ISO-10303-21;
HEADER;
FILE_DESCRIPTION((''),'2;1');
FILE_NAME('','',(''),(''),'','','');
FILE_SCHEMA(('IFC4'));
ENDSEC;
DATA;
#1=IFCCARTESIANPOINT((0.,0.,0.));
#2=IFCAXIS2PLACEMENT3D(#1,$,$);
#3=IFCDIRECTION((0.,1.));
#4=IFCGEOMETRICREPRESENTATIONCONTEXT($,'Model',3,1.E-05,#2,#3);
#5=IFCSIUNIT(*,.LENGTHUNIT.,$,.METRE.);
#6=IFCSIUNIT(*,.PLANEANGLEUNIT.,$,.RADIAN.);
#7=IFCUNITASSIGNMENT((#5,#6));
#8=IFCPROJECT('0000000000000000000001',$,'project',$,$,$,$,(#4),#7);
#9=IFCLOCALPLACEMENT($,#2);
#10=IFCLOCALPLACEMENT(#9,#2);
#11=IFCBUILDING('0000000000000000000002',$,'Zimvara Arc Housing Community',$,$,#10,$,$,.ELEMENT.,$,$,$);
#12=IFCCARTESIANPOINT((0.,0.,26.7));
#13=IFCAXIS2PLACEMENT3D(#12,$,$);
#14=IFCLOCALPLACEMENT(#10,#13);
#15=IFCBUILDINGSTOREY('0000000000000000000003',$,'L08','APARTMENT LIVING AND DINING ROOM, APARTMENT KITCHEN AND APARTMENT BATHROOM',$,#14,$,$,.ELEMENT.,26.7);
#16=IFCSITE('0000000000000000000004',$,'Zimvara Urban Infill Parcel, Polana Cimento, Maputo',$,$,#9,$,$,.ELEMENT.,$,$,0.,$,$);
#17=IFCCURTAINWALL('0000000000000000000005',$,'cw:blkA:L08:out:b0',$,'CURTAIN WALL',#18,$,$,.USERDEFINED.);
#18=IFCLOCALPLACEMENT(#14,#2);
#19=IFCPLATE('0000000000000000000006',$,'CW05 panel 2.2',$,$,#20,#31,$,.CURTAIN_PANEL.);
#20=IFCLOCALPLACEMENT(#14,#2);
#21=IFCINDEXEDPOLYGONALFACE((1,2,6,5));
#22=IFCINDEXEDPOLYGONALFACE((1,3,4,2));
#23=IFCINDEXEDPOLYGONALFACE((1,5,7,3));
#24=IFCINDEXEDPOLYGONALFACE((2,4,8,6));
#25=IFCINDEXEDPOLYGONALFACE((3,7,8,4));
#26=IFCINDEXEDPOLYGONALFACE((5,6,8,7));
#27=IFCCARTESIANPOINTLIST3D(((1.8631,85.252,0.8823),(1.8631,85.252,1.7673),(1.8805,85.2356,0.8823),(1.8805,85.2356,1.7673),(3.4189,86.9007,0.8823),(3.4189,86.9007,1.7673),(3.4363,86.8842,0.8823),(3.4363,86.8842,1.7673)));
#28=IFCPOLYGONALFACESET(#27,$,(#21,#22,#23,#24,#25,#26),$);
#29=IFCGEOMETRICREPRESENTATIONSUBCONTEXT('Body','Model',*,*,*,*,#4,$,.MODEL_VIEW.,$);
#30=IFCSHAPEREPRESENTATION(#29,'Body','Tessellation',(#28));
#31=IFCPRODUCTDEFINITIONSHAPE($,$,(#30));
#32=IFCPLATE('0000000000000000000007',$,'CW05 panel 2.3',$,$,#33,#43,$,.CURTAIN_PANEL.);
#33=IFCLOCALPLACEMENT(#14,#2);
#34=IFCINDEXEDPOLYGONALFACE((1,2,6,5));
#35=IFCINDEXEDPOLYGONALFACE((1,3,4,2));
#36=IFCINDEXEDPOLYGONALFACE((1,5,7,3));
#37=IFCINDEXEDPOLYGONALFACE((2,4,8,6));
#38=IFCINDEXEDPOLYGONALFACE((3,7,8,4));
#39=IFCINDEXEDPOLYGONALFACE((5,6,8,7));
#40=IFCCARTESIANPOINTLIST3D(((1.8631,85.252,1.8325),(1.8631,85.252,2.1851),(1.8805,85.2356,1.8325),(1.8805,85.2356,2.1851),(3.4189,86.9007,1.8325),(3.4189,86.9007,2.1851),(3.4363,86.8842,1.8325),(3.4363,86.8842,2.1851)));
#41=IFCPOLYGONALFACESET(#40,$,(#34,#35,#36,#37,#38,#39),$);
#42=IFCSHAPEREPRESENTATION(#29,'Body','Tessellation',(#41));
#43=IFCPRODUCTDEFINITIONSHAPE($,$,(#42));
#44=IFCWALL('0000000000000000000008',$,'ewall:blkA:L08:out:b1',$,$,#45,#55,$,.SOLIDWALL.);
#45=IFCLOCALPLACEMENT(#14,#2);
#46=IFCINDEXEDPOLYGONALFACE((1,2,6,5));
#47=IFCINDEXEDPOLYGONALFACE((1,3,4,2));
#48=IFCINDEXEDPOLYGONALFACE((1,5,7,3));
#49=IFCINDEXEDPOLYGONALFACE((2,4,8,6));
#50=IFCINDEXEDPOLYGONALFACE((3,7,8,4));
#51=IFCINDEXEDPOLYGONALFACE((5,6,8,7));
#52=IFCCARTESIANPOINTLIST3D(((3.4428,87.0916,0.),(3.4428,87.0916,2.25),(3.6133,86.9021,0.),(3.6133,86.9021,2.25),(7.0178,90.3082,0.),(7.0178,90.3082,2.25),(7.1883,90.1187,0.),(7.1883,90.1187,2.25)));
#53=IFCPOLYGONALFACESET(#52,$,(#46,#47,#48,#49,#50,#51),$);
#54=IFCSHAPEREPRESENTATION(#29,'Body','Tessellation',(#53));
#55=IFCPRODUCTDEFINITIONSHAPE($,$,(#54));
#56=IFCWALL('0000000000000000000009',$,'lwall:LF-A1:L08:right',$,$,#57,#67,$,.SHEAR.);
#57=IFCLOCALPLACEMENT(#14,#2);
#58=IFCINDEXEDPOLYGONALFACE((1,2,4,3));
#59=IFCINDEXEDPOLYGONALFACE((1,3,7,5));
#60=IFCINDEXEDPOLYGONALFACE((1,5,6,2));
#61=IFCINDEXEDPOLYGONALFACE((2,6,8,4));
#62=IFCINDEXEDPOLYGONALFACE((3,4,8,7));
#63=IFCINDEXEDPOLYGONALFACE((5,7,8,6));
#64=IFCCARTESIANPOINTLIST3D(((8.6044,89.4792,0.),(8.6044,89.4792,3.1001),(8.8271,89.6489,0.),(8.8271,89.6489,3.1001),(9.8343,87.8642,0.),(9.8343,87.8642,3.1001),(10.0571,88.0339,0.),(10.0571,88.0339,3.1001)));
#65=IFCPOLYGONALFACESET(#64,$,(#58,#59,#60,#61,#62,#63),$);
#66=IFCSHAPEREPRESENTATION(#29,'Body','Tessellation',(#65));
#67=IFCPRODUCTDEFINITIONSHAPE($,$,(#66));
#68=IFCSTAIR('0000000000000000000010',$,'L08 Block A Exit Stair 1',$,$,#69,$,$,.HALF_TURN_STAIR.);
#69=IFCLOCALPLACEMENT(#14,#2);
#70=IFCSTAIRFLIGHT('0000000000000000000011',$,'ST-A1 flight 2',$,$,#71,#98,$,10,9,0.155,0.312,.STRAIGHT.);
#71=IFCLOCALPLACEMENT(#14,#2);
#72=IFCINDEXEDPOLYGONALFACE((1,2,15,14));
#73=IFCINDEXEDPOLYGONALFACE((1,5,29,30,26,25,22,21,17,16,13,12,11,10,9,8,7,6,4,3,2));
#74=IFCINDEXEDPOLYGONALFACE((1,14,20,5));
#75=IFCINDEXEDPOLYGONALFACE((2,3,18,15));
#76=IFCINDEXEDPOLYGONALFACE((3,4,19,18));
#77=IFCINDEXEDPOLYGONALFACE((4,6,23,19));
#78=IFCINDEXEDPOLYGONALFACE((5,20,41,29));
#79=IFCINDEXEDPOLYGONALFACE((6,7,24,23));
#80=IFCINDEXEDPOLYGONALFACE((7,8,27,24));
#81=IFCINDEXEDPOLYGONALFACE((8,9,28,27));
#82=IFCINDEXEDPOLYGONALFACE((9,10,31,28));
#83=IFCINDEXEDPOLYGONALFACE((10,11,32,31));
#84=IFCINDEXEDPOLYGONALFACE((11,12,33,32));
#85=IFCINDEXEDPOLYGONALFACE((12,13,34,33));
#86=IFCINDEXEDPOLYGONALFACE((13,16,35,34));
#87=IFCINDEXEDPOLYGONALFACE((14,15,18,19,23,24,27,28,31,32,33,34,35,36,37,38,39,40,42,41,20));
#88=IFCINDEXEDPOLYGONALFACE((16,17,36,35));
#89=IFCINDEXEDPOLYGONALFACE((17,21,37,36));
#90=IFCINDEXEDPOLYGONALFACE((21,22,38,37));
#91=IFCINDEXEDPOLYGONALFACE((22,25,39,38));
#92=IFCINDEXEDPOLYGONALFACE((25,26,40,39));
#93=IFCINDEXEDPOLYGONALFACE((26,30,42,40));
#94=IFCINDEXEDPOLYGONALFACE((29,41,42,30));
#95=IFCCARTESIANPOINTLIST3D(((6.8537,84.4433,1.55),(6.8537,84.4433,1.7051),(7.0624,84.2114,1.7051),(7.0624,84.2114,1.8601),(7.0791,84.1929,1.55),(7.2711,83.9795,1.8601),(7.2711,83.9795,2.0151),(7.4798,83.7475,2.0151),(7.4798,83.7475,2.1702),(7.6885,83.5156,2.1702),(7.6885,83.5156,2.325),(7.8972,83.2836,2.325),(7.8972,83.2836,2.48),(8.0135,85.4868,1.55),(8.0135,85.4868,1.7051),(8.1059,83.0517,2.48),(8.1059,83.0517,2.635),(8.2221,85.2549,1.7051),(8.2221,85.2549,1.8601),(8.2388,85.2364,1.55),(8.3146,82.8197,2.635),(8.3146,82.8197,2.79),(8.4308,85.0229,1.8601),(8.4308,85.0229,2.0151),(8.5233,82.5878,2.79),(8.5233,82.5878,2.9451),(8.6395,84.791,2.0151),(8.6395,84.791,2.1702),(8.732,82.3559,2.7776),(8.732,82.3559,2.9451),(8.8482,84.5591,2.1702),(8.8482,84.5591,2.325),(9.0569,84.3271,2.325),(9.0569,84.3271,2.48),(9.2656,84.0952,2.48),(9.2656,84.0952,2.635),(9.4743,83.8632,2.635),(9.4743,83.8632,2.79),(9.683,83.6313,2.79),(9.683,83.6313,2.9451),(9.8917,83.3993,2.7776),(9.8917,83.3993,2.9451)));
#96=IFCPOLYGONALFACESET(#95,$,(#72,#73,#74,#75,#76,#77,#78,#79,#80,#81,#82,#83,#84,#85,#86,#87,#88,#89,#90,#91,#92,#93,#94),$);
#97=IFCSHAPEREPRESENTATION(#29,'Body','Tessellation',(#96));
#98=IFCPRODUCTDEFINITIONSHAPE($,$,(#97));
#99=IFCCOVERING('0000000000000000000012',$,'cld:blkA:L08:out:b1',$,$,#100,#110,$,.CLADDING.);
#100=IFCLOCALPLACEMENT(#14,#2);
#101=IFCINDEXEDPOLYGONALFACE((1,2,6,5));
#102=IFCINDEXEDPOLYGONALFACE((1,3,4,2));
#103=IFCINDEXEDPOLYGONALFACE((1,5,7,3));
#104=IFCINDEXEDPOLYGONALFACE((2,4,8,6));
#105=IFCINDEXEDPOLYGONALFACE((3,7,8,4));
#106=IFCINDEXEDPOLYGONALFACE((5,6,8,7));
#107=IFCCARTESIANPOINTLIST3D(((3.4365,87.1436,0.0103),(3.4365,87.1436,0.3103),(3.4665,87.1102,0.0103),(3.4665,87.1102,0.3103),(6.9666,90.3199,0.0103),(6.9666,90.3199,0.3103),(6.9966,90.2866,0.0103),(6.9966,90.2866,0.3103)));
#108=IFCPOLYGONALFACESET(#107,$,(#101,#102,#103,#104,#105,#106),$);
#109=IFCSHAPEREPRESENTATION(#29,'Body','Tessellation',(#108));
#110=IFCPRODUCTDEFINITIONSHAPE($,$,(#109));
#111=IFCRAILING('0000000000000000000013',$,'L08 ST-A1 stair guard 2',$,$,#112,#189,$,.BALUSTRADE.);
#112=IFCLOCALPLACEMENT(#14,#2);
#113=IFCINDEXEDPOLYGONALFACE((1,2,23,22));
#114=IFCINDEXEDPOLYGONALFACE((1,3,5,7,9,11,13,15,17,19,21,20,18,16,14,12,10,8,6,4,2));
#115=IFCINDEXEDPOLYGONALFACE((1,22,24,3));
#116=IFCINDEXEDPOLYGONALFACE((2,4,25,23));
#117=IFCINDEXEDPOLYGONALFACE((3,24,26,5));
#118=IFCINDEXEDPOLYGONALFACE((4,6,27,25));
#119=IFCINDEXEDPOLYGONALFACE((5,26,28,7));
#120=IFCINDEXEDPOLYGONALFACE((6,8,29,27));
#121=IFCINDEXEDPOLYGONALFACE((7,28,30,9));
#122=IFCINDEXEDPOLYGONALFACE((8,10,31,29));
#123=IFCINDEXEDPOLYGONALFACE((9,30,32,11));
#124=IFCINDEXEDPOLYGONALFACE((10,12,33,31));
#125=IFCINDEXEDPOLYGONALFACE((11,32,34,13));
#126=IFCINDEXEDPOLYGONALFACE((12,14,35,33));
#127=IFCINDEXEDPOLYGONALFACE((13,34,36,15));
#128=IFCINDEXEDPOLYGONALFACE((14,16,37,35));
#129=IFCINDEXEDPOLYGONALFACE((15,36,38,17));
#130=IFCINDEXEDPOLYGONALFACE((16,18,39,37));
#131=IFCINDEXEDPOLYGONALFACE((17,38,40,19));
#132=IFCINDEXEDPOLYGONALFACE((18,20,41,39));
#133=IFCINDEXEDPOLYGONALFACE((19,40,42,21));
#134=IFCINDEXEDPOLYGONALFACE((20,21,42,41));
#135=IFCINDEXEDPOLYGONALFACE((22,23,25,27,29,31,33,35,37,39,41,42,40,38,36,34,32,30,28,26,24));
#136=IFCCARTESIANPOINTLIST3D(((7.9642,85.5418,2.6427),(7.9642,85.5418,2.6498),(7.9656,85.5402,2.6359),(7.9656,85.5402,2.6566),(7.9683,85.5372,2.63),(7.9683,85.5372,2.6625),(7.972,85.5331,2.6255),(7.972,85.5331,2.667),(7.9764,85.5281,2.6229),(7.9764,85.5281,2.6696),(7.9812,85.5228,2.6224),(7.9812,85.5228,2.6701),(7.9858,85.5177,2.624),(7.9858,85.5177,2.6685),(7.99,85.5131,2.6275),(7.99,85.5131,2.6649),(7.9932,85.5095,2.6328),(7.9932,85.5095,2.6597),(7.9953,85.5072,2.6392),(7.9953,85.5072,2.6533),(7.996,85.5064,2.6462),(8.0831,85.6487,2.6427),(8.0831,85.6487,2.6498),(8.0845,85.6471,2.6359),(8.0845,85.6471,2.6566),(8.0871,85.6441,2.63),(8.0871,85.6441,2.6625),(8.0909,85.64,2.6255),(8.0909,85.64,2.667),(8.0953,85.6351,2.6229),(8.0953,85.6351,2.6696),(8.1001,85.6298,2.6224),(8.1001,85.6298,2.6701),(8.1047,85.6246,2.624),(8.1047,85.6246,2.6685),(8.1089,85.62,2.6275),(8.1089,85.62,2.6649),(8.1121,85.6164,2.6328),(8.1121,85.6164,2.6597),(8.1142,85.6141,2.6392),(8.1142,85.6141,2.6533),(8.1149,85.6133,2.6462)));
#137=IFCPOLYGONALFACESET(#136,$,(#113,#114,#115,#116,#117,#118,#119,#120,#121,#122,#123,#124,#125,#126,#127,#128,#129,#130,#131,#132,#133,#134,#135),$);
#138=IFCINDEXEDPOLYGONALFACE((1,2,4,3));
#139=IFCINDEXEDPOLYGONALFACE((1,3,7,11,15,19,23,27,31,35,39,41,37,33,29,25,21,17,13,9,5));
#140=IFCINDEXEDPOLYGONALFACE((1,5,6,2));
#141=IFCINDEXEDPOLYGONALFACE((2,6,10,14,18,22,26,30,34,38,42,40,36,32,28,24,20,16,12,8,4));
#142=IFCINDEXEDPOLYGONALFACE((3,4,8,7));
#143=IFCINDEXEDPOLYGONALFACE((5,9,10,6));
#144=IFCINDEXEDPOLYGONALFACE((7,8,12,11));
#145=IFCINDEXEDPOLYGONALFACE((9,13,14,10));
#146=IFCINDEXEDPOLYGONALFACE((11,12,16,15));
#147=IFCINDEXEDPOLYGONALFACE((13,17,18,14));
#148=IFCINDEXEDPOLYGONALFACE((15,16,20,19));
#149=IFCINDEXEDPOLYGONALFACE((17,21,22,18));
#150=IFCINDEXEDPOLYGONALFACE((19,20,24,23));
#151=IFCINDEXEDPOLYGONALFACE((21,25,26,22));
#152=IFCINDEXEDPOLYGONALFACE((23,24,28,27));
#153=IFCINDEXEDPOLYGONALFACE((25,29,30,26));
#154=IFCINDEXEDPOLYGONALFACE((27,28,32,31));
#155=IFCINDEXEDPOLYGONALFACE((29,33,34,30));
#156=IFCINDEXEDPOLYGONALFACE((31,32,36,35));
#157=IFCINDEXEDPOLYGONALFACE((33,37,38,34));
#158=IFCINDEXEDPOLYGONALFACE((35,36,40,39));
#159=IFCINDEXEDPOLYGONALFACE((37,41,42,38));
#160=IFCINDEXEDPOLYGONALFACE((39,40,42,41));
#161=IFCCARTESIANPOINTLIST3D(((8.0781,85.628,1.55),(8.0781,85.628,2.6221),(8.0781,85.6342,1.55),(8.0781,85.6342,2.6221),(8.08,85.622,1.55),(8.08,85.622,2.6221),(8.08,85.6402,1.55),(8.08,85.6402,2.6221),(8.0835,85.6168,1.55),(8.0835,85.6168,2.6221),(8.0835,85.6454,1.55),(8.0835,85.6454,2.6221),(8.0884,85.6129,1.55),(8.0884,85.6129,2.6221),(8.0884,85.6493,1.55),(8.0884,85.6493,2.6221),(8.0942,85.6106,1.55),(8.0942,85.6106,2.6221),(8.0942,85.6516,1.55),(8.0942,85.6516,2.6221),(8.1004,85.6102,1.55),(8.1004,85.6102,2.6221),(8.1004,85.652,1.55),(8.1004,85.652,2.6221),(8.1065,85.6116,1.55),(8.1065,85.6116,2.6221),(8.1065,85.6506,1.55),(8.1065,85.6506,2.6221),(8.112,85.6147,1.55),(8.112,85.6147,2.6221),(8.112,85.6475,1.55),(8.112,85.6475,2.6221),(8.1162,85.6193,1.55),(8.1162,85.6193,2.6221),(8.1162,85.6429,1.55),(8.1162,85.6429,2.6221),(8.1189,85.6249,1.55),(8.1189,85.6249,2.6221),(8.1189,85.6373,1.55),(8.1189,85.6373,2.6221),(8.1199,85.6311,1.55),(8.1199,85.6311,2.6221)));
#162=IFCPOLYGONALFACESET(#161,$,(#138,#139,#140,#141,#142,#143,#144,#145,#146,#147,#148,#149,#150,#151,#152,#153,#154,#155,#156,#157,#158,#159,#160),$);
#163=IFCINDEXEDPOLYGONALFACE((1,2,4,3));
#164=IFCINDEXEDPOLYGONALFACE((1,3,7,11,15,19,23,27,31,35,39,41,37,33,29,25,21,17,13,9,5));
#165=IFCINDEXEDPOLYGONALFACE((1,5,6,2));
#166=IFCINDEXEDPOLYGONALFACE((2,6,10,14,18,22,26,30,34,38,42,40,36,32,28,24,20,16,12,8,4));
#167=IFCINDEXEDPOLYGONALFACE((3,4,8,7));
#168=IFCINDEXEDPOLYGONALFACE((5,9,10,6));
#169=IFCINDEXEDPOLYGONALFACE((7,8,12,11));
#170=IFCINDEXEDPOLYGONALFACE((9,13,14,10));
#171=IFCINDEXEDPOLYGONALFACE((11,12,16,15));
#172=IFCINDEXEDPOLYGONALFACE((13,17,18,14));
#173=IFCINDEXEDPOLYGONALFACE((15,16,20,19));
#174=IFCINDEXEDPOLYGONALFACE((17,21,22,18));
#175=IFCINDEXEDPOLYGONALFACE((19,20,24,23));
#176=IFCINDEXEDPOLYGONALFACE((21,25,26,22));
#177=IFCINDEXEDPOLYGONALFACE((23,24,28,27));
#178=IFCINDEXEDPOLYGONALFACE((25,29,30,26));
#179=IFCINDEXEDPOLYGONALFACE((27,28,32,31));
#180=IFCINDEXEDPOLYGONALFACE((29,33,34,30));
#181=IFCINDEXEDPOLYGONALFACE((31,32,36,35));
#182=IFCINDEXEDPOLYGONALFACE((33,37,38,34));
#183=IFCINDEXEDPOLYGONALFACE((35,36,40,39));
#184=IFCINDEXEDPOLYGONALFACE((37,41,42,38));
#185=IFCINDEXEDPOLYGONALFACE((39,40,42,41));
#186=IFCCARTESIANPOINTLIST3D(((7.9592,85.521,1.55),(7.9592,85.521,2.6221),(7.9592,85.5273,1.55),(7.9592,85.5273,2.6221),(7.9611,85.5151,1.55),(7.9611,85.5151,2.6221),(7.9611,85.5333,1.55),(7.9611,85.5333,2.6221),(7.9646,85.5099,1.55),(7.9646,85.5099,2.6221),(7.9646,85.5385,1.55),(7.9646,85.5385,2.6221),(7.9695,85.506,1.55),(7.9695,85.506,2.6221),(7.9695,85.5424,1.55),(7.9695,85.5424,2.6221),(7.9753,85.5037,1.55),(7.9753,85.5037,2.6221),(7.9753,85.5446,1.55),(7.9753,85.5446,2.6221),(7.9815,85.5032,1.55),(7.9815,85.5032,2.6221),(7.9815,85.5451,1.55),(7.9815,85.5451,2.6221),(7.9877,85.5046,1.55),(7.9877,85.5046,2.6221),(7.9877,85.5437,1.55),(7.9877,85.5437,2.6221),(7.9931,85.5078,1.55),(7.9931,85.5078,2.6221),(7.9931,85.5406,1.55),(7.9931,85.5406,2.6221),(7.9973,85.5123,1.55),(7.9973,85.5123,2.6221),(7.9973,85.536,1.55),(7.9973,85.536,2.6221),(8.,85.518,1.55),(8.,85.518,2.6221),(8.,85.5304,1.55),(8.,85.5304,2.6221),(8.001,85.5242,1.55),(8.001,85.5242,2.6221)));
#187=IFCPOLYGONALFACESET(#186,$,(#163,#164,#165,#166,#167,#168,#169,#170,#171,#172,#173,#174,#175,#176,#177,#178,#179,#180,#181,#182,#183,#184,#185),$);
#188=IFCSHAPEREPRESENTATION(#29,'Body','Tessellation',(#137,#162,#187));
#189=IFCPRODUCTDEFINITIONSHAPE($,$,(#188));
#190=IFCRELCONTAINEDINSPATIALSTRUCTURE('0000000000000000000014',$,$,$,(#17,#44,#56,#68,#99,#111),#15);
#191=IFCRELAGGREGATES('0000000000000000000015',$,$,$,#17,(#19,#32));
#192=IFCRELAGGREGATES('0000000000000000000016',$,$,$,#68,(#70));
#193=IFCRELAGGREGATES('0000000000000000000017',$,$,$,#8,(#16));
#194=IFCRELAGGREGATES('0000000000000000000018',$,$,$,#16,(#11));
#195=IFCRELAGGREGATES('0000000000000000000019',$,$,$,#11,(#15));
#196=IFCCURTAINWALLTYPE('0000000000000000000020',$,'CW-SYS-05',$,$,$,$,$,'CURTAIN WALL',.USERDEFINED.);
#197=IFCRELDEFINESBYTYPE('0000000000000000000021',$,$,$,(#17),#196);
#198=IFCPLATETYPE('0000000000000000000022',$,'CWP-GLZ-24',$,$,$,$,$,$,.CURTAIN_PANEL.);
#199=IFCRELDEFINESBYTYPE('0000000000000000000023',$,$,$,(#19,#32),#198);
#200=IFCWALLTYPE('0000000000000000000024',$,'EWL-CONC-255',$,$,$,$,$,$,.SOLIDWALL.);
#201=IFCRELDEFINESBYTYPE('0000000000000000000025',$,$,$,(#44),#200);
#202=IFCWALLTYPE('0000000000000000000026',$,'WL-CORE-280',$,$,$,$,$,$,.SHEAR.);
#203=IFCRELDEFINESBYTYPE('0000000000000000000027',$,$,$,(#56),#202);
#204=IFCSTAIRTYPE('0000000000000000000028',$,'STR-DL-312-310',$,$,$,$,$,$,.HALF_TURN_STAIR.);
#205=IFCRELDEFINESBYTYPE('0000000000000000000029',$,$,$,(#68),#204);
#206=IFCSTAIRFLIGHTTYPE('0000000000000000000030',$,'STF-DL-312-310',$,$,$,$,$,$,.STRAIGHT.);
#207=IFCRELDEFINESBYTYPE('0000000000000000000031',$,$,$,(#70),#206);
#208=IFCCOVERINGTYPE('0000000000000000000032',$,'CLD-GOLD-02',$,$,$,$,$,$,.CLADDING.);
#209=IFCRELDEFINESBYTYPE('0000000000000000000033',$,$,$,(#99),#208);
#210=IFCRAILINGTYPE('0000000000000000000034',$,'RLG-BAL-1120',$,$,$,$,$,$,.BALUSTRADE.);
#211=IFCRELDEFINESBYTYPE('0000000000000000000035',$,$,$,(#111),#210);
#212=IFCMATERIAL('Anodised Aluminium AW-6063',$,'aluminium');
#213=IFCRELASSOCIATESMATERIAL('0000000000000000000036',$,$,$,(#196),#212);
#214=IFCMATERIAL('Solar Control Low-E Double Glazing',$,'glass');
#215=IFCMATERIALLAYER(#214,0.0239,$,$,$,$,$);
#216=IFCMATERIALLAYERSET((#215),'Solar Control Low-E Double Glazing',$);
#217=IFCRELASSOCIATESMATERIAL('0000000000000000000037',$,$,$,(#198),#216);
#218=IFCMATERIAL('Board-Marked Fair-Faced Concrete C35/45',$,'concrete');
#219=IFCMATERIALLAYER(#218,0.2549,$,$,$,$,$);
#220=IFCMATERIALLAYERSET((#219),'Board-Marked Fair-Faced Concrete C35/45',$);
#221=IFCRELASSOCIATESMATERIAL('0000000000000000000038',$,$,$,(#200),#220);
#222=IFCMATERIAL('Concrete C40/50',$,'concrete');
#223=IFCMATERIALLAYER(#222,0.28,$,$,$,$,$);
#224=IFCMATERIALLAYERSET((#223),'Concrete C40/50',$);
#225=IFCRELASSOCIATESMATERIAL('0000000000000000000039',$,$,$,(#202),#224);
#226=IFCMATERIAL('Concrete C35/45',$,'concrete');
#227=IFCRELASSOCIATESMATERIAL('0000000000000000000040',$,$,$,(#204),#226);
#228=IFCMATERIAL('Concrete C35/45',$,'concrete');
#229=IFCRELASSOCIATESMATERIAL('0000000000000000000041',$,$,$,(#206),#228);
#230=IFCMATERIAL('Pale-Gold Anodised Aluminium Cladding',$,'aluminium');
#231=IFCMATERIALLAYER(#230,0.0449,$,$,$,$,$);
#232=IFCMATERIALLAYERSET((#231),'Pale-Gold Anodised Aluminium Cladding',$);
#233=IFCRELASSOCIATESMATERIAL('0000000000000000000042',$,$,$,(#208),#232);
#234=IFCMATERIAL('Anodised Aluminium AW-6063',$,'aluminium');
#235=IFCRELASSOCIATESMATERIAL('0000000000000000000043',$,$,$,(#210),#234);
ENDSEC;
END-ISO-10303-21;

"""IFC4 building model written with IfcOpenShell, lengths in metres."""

from ifc_helpers import new_model, si_unit, direction, frame, frame_2d, origin, origin_2d, place, context, subcontext, project, spatial, polyline, rectangle, circle, outline, extrude, material, layer, layer_set, type_object, element, aggregate, save


model = new_model("IFC4")

# Units and contexts
model_context = context("Model", 3, precision=1e-05, world=origin(), true_north=direction((0.0, 1.0)))
body_context = subcontext(model_context, "Body", "Model", "MODEL_VIEW")
ifc_project = project(units=[si_unit("LENGTHUNIT", "METRE"), si_unit("PLANEANGLEUNIT", "RADIAN")], contexts=[model_context])

# Site, building, storey
site_placement = place(None, origin())
site = spatial("IfcSite", under=ifc_project, at=site_placement, Name="Zimvara Urban Infill Parcel, Polana Cimento, Maputo", CompositionType="ELEMENT", RefElevation=0.0)
building_placement = place(site_placement, origin())
building = spatial("IfcBuilding", under=site, at=building_placement, Name="Zimvara Arc Housing Community", CompositionType="ELEMENT")
storey_placement = place(building_placement, frame((0.0, 0.0, 26.7)))
storey = spatial("IfcBuildingStorey", under=building, at=storey_placement, Name="L08", Description="APARTMENT LIVING AND DINING ROOM, APARTMENT KITCHEN AND APARTMENT BATHROOM", CompositionType="ELEMENT", Elevation=26.7)

# Curtain wall, plates
ifc_material_1 = material(Name="Anodised Aluminium AW-6063", Category="aluminium")
curtain_wall_type = type_object("IfcCurtainWallType", Name="CW-SYS-05", ElementType="CURTAIN WALL", PredefinedType="USERDEFINED", material=ifc_material_1)
curtain_wall_placement = place(storey_placement, origin())
curtain_wall = element("IfcCurtainWall", 1, at=curtain_wall_placement, inside=storey, type_object=curtain_wall_type, Name="cw:blkA:L08:out:b0", ObjectType="CURTAIN WALL", PredefinedType="USERDEFINED")
ifc_material_2 = material(Name="Solar Control Low-E Double Glazing", Category="glass")
ifc_layer_1 = layer(ifc_material_2, 0.0239)
ifc_layer_set_1 = layer_set([ifc_layer_1], Name="Solar Control Low-E Double Glazing")
plate_type = type_object("IfcPlateType", Name="CWP-GLZ-24", PredefinedType="CURTAIN_PANEL", material=ifc_layer_set_1)
plate_1_placement = place(storey_placement, frame((2.6497, 86.0681, 0.8823), z_axis=(0.0, 0.0, 1.0), x_axis=(0.686326, 0.727294, 0.0)))
plate_1 = element("IfcPlate", 2, at=plate_1_placement, type_object=plate_type, Name="CW05 panel 2.2", PredefinedType="CURTAIN_PANEL", context=body_context, shape_type="SweptSolid", body=[
    extrude(rectangle(XDim=2.2668, YDim=0.0239, at=origin_2d()), origin(), (0.0, 0.0, 1.0), 0.885),
])
plate_2_placement = place(storey_placement, frame((2.6497, 86.0681, 1.8325), z_axis=(0.0, 0.0, 1.0), x_axis=(0.686326, 0.727294, 0.0)))
plate_2 = element("IfcPlate", 3, at=plate_2_placement, type_object=plate_type, Name="CW05 panel 2.3", PredefinedType="CURTAIN_PANEL", context=body_context, shape_type="SweptSolid", body=[
    extrude(rectangle(XDim=2.2668, YDim=0.0239, at=origin_2d()), origin(), (0.0, 0.0, 1.0), 0.3525),
])
aggregate(curtain_wall, [plate_1, plate_2])

# Walls
ifc_material_3 = material(Name="Board-Marked Fair-Faced Concrete C35/45", Category="concrete")
ifc_layer_2 = layer(ifc_material_3, 0.2549)
ifc_layer_set_2 = layer_set([ifc_layer_2], Name="Board-Marked Fair-Faced Concrete C35/45")
wall_type_1 = type_object("IfcWallType", Name="EWL-CONC-255", PredefinedType="SOLIDWALL", material=ifc_layer_set_2)
wall_1_placement = place(storey_placement, frame((3.5281, 86.9968, 0.0), z_axis=(0.0, 0.0, 1.0), x_axis=(0.743388, 0.668861, 0.0)))
element("IfcWall", 4, at=wall_1_placement, inside=storey, type_object=wall_type_1, Name="ewall:blkA:L08:out:b1", PredefinedType="SOLIDWALL", context=body_context, shape_type="SweptSolid", body=[
    extrude(rectangle(XDim=4.8091, YDim=0.2549, at=frame_2d((2.4045, 0.0))), origin(), (0.0, 0.0, 1.0), 2.25),
])
ifc_material_4 = material(Name="Concrete C40/50", Category="concrete")
ifc_layer_3 = layer(ifc_material_4, 0.28)
ifc_layer_set_3 = layer_set([ifc_layer_3], Name="Concrete C40/50")
wall_type_2 = type_object("IfcWallType", Name="WL-CORE-280", PredefinedType="SHEAR", material=ifc_layer_set_3)
wall_2_placement = place(storey_placement, frame((9.9458, 87.949, 0.0), z_axis=(0.0, 0.0, 1.0), x_axis=(-0.605891, 0.795548, 0.0)))
element("IfcWall", 5, at=wall_2_placement, inside=storey, type_object=wall_type_2, Name="lwall:LF-A1:L08:right", PredefinedType="SHEAR", context=body_context, shape_type="SweptSolid", body=[
    extrude(rectangle(XDim=2.03, YDim=0.28, at=frame_2d((1.0151, 0.0))), origin(), (0.0, 0.0, 1.0), 3.1001),
])

# Stair, stair flight
ifc_material_5 = material(Name="Concrete C35/45", Category="concrete")
stair_type = type_object("IfcStairType", Name="STR-DL-312-310", PredefinedType="HALF_TURN_STAIR", material=ifc_material_5)
stair_placement = place(storey_placement, origin())
stair = element("IfcStair", 6, at=stair_placement, inside=storey, type_object=stair_type, Name="L08 Block A Exit Stair 1", PredefinedType="HALF_TURN_STAIR")
ifc_material_6 = material(Name="Concrete C35/45", Category="concrete")
stair_flight_type = type_object("IfcStairFlightType", Name="STF-DL-312-310", PredefinedType="STRAIGHT", material=ifc_material_6)
stair_flight_placement = place(storey_placement, frame((7.4336, 84.9651, 1.55), z_axis=(0.0, 0.0, 1.0), x_axis=(0.668871, -0.743378, 0.0)))
stair_flight = element("IfcStairFlight", 7, at=stair_flight_placement, type_object=stair_flight_type, Name="ST-A1 flight 2", NumberOfRisers=10, NumberOfTreads=9, PredefinedType="STRAIGHT", RiserHeight=0.155, TreadLength=0.312, context=body_context, shape_type="SweptSolid", body=[
    extrude(outline(polyline([(0.0, 0.0), (0.0, 0.155), (0.312, 0.155), (0.312, 0.3101), (0.624, 0.3101), (0.624, 0.4651), (0.936, 0.4651), (0.936, 0.6201), (1.248, 0.6201), (1.248, 0.7749), (1.5601, 0.7749), (1.5601, 0.9299), (1.8721, 0.9299), (1.8721, 1.085), (2.1841, 1.085), (2.1841, 1.24), (2.4961, 1.24), (2.4961, 1.395), (2.8081, 1.395), (2.8081, 1.55), (2.8081, 1.2275), (0.3369, 0.0), (0.0, 0.0)])), frame((0.0, 0.78, 0.0), z_axis=(0.0, -1.0, 0.0), x_axis=(1.0, 0.0, 0.0)), (0.0, 0.0, 1.0), 1.5601),
])
aggregate(stair, [stair_flight])

# Covering
ifc_material_7 = material(Name="Pale-Gold Anodised Aluminium Cladding", Category="aluminium")
ifc_layer_4 = layer(ifc_material_7, 0.0449)
ifc_layer_set_4 = layer_set([ifc_layer_4], Name="Pale-Gold Anodised Aluminium Cladding")
covering_type = type_object("IfcCoveringType", Name="CLD-GOLD-02", PredefinedType="CLADDING", material=ifc_layer_set_4)
covering_placement = place(storey_placement, frame((5.2166, 88.7151, 0.0103), z_axis=(0.0, 0.0, 1.0), x_axis=(0.743377, 0.668872, 0.0)))
element("IfcCovering", 8, at=covering_placement, inside=storey, type_object=covering_type, Name="cld:blkA:L08:out:b1", PredefinedType="CLADDING", context=body_context, shape_type="SweptSolid", body=[
    extrude(rectangle(XDim=4.7488, YDim=0.0449, at=origin_2d()), origin(), (0.0, 0.0, 1.0), 0.3),
])

# Railing
ifc_material_8 = material(Name="Anodised Aluminium AW-6063", Category="aluminium")
railing_type_1 = type_object("IfcRailingType", Name="RLG-BAL-1120", PredefinedType="BALUSTRADE", material=ifc_material_8)
railing_1_placement = place(storey_placement, frame((8.0989, 85.6311, 1.55)))
element("IfcRailing", 9, at=railing_1_placement, inside=storey, type_object=railing_type_1, Name="L08 ST-A1 stair guard 2", PredefinedType="BALUSTRADE", context=body_context, shape_type="SweptSolid", body=[
    extrude(circle(Radius=0.0239, at=origin_2d()), frame((0.0, 0.0, 1.0962), z_axis=(-0.743522, -0.668712, 0.0), x_axis=(0.668712, -0.743522, 0.0)), (0.0, 0.0, 1.0), 0.1599),
    extrude(circle(Radius=0.021, at=origin_2d()), origin(), (0.0, 0.0, 1.0), 1.072),
    extrude(circle(Radius=0.021, at=origin_2d()), frame((-0.1189, -0.1069, 0.0)), (0.0, 0.0, 1.0), 1.072),
])

save(model, "model.ifc")
